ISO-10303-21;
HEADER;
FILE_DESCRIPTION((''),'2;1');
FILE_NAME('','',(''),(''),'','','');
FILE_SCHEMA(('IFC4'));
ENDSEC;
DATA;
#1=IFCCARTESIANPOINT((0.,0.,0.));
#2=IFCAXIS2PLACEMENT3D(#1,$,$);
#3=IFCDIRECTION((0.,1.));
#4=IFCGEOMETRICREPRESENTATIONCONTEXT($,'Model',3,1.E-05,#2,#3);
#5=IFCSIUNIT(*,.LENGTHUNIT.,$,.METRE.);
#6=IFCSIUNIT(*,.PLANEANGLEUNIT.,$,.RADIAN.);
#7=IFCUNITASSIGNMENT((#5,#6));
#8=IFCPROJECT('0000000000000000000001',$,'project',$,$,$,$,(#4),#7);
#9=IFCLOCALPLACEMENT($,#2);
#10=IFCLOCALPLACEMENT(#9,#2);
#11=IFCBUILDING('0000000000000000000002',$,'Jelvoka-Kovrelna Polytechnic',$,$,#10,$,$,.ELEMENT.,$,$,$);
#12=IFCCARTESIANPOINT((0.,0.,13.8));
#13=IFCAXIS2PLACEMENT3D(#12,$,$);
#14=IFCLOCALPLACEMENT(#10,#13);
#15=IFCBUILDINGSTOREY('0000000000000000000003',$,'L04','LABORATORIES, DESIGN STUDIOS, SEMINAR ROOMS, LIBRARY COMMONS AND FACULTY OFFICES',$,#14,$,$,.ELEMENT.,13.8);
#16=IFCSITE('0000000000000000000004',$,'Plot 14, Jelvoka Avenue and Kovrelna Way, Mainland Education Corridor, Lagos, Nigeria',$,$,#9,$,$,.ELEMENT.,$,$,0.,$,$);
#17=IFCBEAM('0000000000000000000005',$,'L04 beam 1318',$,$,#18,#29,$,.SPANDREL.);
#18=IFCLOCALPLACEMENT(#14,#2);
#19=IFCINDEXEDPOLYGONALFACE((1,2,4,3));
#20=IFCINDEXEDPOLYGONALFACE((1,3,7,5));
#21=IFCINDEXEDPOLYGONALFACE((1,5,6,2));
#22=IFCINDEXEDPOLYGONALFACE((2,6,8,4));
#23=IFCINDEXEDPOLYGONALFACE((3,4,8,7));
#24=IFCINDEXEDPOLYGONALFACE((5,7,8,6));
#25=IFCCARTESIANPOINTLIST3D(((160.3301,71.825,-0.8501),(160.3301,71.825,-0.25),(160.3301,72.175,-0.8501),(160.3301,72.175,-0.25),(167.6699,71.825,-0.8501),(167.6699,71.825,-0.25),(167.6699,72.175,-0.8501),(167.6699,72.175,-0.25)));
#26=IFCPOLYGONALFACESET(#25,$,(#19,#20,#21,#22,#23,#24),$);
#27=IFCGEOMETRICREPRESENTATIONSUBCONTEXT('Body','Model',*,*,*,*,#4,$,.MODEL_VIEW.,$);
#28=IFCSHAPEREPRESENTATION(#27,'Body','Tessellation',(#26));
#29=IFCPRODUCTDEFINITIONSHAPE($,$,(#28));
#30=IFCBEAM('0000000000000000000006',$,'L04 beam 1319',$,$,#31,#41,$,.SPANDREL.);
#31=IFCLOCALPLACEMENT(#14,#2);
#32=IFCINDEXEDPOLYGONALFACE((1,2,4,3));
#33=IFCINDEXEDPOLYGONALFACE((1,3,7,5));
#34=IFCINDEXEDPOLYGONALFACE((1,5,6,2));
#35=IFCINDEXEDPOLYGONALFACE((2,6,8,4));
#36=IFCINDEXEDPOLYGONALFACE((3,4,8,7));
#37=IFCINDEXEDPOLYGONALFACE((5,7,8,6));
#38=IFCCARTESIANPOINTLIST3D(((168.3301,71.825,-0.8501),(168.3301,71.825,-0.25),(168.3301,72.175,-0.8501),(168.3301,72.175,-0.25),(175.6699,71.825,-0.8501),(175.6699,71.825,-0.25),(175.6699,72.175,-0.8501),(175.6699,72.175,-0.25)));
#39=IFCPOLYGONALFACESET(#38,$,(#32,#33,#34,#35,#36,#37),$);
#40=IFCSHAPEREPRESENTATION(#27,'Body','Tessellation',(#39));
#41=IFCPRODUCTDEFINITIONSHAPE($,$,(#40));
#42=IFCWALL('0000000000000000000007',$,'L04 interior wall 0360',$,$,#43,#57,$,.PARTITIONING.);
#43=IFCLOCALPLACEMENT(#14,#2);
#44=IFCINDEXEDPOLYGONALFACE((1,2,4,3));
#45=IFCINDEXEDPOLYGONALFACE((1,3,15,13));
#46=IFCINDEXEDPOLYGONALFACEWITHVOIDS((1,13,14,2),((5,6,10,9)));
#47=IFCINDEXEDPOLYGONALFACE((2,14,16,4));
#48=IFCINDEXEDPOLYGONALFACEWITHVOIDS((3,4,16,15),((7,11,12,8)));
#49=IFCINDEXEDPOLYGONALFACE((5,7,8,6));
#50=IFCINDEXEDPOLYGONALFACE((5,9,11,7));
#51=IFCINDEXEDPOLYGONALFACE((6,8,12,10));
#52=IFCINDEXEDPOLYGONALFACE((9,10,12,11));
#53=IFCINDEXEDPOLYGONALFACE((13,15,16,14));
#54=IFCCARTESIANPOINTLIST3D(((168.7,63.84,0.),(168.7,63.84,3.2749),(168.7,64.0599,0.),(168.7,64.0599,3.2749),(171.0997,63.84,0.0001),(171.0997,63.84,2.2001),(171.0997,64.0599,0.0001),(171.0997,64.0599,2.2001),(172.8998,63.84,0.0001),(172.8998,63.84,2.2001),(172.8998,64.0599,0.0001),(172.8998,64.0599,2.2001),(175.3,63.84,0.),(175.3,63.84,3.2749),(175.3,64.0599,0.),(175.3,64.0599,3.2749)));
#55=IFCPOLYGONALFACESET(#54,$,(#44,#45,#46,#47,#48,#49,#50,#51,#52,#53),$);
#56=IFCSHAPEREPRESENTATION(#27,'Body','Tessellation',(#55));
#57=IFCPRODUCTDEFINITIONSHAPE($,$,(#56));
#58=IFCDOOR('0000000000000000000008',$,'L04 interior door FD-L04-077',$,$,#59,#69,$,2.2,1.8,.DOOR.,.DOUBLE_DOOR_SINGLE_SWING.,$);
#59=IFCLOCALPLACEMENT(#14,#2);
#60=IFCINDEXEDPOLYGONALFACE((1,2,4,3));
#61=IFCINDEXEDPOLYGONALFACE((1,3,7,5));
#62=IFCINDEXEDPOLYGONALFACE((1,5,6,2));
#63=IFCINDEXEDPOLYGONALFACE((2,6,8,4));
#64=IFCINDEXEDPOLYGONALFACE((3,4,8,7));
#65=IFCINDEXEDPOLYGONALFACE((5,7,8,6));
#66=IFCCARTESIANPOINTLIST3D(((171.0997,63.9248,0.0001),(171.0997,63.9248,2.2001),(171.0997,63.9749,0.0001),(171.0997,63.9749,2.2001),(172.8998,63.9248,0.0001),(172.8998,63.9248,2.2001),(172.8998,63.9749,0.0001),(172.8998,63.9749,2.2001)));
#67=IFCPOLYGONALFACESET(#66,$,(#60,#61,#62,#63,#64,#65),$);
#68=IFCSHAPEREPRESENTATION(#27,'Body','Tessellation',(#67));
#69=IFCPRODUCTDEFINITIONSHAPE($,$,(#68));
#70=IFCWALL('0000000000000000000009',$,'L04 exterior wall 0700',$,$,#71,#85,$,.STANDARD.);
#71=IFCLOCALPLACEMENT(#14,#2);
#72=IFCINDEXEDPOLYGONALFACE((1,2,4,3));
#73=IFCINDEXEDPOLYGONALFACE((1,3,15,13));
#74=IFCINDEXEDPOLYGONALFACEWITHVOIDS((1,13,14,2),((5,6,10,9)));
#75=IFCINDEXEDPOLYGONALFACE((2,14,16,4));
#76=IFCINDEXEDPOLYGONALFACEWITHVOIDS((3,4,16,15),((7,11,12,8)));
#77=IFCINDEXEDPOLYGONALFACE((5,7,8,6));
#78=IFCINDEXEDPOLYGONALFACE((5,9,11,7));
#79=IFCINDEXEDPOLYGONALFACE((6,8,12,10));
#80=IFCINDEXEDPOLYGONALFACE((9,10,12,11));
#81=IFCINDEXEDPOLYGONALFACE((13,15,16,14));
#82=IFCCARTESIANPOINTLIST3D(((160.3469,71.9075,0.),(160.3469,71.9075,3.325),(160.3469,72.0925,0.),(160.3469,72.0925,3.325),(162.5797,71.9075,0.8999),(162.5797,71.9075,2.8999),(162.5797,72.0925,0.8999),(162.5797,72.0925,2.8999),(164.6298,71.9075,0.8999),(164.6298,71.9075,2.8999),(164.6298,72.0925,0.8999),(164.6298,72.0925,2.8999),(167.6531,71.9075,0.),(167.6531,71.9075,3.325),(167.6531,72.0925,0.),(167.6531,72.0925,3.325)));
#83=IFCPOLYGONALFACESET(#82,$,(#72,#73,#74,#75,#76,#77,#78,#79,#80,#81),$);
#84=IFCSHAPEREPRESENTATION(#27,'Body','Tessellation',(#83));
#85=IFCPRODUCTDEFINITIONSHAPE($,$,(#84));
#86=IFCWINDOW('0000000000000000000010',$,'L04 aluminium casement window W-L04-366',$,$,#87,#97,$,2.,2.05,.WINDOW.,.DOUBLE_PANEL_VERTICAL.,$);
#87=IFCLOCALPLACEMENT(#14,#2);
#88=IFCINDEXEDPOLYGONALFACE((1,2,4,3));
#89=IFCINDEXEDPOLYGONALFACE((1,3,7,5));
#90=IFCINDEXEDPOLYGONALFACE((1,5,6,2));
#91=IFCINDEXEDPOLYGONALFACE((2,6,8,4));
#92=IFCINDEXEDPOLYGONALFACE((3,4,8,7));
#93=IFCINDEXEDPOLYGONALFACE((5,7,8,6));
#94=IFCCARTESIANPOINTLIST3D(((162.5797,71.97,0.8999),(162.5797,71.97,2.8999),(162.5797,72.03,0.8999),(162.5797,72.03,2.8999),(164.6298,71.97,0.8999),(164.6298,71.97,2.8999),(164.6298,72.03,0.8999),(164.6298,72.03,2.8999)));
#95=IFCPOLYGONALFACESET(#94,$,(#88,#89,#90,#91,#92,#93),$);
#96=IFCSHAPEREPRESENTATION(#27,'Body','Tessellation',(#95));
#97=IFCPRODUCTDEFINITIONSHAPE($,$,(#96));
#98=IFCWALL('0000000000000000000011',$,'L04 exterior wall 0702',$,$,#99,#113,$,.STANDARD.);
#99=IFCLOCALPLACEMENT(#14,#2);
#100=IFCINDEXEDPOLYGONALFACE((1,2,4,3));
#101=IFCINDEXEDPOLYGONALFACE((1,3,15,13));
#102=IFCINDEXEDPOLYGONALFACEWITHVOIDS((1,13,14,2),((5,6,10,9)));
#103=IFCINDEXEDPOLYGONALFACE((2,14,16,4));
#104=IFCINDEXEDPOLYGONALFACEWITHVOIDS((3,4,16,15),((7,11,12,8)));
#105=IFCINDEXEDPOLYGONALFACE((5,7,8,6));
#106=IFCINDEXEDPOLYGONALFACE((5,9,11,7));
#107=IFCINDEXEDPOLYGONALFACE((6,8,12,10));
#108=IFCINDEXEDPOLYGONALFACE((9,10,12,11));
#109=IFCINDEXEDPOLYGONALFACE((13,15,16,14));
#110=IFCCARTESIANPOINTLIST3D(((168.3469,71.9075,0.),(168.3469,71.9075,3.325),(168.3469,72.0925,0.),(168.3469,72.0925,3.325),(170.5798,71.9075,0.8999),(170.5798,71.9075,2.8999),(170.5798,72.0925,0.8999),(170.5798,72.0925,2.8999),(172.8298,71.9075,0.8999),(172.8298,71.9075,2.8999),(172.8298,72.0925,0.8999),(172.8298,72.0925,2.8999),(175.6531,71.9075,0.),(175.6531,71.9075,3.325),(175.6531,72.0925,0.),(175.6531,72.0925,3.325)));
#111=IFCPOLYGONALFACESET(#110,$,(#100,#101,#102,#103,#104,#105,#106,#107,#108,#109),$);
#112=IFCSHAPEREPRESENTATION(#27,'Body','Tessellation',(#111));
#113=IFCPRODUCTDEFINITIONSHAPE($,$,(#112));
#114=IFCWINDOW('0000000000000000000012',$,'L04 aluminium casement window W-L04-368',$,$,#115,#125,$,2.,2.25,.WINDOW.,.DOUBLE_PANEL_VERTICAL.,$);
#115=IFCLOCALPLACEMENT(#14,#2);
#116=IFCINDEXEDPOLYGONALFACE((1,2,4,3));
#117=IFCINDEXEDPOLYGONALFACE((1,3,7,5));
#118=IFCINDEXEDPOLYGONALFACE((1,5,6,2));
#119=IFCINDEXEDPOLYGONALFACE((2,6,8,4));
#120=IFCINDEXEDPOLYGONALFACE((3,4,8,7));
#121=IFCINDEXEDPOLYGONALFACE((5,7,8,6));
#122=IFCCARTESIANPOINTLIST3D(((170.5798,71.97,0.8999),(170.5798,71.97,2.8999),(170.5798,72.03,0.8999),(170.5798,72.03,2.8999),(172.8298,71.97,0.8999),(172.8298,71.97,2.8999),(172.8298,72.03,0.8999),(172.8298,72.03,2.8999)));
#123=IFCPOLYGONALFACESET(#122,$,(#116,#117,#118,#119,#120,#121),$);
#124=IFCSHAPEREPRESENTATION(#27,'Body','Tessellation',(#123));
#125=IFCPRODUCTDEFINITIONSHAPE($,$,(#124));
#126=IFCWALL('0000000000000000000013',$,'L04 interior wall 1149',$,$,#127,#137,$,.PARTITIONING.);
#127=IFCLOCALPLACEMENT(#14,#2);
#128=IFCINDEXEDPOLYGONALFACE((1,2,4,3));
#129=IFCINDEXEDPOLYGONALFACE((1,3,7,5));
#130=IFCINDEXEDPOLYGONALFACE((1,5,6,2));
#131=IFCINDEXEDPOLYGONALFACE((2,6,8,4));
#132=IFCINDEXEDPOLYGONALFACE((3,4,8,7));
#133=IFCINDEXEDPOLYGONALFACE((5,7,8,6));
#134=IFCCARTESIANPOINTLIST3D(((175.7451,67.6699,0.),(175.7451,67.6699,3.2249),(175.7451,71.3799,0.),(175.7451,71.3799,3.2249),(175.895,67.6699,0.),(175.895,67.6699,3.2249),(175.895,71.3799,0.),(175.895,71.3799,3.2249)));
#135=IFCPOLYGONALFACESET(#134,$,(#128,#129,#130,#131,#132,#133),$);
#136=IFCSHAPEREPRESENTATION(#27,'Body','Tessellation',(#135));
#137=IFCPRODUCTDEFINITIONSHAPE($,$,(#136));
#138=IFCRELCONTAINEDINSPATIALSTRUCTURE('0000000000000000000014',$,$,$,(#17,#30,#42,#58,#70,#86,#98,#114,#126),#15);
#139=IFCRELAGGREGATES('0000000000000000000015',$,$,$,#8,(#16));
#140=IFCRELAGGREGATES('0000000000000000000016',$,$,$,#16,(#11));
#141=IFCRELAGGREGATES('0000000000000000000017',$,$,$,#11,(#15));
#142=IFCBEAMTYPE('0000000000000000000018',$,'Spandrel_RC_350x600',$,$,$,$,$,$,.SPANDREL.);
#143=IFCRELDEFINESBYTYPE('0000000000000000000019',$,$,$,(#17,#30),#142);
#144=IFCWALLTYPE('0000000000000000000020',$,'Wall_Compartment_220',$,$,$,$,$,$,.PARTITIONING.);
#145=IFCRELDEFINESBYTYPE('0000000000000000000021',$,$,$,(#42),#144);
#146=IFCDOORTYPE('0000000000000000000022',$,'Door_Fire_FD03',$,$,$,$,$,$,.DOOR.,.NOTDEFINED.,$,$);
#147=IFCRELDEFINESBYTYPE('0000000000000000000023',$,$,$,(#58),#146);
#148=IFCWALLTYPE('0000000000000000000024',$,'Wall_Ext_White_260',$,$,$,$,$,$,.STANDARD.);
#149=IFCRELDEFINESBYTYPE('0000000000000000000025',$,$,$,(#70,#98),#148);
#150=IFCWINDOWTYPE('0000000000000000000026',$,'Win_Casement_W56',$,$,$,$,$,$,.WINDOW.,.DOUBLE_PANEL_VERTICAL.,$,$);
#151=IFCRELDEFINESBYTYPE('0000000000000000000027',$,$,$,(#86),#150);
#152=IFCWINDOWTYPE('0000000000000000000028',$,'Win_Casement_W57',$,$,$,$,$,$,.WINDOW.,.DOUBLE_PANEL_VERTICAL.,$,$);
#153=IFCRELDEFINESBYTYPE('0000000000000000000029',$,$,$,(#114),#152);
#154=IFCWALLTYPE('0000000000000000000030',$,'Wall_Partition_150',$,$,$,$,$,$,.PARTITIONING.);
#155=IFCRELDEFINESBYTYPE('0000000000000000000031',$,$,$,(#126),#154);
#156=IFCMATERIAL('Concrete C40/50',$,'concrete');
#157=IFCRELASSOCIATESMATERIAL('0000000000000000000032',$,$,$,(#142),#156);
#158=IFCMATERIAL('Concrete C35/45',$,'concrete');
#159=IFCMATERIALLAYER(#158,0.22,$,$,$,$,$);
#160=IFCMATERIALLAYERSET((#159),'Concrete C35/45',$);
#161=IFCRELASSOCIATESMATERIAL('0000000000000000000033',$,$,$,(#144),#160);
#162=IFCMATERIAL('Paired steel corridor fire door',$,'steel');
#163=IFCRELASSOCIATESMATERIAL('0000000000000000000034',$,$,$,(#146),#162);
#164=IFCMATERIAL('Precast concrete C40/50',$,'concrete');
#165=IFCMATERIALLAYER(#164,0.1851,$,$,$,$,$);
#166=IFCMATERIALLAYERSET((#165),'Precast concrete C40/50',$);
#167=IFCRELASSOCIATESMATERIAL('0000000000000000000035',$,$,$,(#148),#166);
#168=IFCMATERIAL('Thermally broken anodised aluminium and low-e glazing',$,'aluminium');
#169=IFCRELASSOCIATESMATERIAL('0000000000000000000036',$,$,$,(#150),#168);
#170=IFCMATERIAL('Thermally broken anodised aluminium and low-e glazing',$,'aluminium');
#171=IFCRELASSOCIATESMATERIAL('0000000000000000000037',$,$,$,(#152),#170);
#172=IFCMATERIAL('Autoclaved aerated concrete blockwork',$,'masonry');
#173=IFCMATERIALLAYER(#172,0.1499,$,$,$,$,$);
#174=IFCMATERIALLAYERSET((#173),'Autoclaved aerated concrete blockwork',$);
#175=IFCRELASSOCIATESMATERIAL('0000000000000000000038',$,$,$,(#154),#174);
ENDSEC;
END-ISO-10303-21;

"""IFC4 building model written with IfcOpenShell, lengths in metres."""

from ifc_helpers import new_model, si_unit, direction, frame, frame_2d, origin, origin_2d, place, context, subcontext, project, spatial, rectangle, extrude, material, layer, layer_set, material_profile, profile_set, type_object, element, fill, save


model = new_model("IFC4")

# Units and contexts
model_context = context("Model", 3, precision=1e-05, world=origin(), true_north=direction((0.0, 1.0)))
body_context = subcontext(model_context, "Body", "Model", "MODEL_VIEW")
ifc_project = project(units=[si_unit("LENGTHUNIT", "METRE"), si_unit("PLANEANGLEUNIT", "RADIAN")], contexts=[model_context])

# Site, building, storey
site_placement = place(None, origin())
site = spatial("IfcSite", under=ifc_project, at=site_placement, Name="Plot 14, Jelvoka Avenue and Kovrelna Way, Mainland Education Corridor, Lagos, Nigeria", CompositionType="ELEMENT", RefElevation=0.0)
building_placement = place(site_placement, origin())
building = spatial("IfcBuilding", under=site, at=building_placement, Name="Jelvoka-Kovrelna Polytechnic", CompositionType="ELEMENT")
storey_placement = place(building_placement, frame((0.0, 0.0, 13.8)))
storey = spatial("IfcBuildingStorey", under=building, at=storey_placement, Name="L04", Description="LABORATORIES, DESIGN STUDIOS, SEMINAR ROOMS, LIBRARY COMMONS AND FACULTY OFFICES", CompositionType="ELEMENT", Elevation=13.8)

# Beams
ifc_material_1 = material(Name="Concrete C40/50", Category="concrete")
ifc_material_profile_1 = material_profile(ifc_material_1, rectangle(XDim=0.3501, YDim=0.6001, at=origin_2d()), Name="RC 350x600")
ifc_profile_set_1 = profile_set([ifc_material_profile_1], Name="Concrete C40/50")
beam_type_1 = type_object("IfcBeamType", Name="Spandrel_RC_350x600", PredefinedType="SPANDREL", material=ifc_profile_set_1)
for number, where, z_axis, x_axis, name in (
    (1, (160.3301, 72.0, -0.55), (1.0, 0.0, 0.0), (0.0, 1.0, 0.0), "L04 beam 1318"),
    (2, (168.3301, 72.0, -0.55), (1.0, 0.0, 0.0), (0.0, 1.0, 0.0), "L04 beam 1319"),
):
    element("IfcBeam", number, at=place(storey_placement, frame(where, z_axis=z_axis, x_axis=x_axis)), inside=storey, type_object=beam_type_1, Name=name, PredefinedType="SPANDREL", context=body_context, shape_type="SweptSolid", body=[
        extrude(rectangle(XDim=0.3501, YDim=0.6001, at=origin_2d()), origin(), (0.0, 0.0, 1.0), 7.3398),
    ])

# Wall, opening, door
ifc_material_2 = material(Name="Concrete C35/45", Category="concrete")
ifc_layer_1 = layer(ifc_material_2, 0.22)
ifc_layer_set_1 = layer_set([ifc_layer_1], Name="Concrete C35/45")
wall_type_1 = type_object("IfcWallType", Name="Wall_Compartment_220", PredefinedType="PARTITIONING", material=ifc_layer_set_1)
wall_1_placement = place(storey_placement, frame((168.7, 63.95, 0.0), z_axis=(0.0, 0.0, 1.0), x_axis=(1.0, 0.0, 0.0)))
wall_1 = element("IfcWall", 3, at=wall_1_placement, inside=storey, type_object=wall_type_1, Name="L04 interior wall 0360", PredefinedType="PARTITIONING", context=body_context, shape_type="SweptSolid", body=[
    extrude(rectangle(XDim=6.6001, YDim=0.22, at=frame_2d((3.3, 0.0))), origin(), (0.0, 0.0, 1.0), 3.2749),
])
opening_1_placement = place(wall_1_placement, frame((2.3999, 0.0, 0.0)))
opening_1 = element("IfcOpeningElement", 4, at=opening_1_placement, cuts=wall_1, PredefinedType="OPENING", context=body_context, shape_type="SweptSolid", body=[
    extrude(rectangle(XDim=1.8, YDim=2.2, at=frame_2d((0.8999, 1.1001))), frame((0.0, 0.1199, 0.0), z_axis=(0.0, -1.0, 0.0), x_axis=(1.0, 0.0, 0.0)), (0.0, 0.0, 1.0), 0.24),
])
ifc_material_3 = material(Name="Paired steel corridor fire door", Category="steel")
door_type = type_object("IfcDoorType", Name="Door_Fire_FD03", OperationType="NOTDEFINED", PredefinedType="DOOR", material=ifc_material_3)
door_placement = place(opening_1_placement, origin())
door = element("IfcDoor", 5, at=door_placement, inside=storey, type_object=door_type, Name="L04 interior door FD-L04-077", OperationType="DOUBLE_DOOR_SINGLE_SWING", OverallHeight=2.2, OverallWidth=1.8, PredefinedType="DOOR", context=body_context, shape_type="SweptSolid", body=[
    extrude(rectangle(XDim=1.8, YDim=2.2, at=frame_2d((0.8999, 1.1001))), frame((0.0, 0.0249, 0.0), z_axis=(0.0, -1.0, 0.0), x_axis=(1.0, 0.0, 0.0)), (0.0, 0.0, 1.0), 0.05),
])
fill(opening_1, door)

# Walls, openings, windows
ifc_material_4 = material(Name="Precast concrete C40/50", Category="concrete")
ifc_layer_2 = layer(ifc_material_4, 0.1851)
ifc_layer_set_2 = layer_set([ifc_layer_2], Name="Precast concrete C40/50")
wall_type_2 = type_object("IfcWallType", Name="Wall_Ext_White_260", PredefinedType="STANDARD", material=ifc_layer_set_2)
wall_2_placement = place(storey_placement, frame((160.3469, 72.0, 0.0), z_axis=(0.0, 0.0, 1.0), x_axis=(1.0, 0.0, 0.0)))
wall_2 = element("IfcWall", 6, at=wall_2_placement, inside=storey, type_object=wall_type_2, Name="L04 exterior wall 0700", PredefinedType="STANDARD", context=body_context, shape_type="SweptSolid", body=[
    extrude(rectangle(XDim=7.3062, YDim=0.1851, at=frame_2d((3.6531, 0.0))), origin(), (0.0, 0.0, 1.0), 3.325),
])
opening_2_placement = place(wall_2_placement, frame((2.2329, 0.0, 0.8999)))
opening_2 = element("IfcOpeningElement", 7, at=opening_2_placement, cuts=wall_2, PredefinedType="OPENING", context=body_context, shape_type="SweptSolid", body=[
    extrude(rectangle(XDim=2.05, YDim=2.0, at=frame_2d((1.0249, 1.0))), frame((0.0, 0.1025, 0.0), z_axis=(0.0, -1.0, 0.0), x_axis=(1.0, 0.0, 0.0)), (0.0, 0.0, 1.0), 0.2051),
])
ifc_material_5 = material(Name="Thermally broken anodised aluminium and low-e glazing", Category="aluminium")
window_type_1 = type_object("IfcWindowType", Name="Win_Casement_W56", PartitioningType="DOUBLE_PANEL_VERTICAL", PredefinedType="WINDOW", material=ifc_material_5)
window_1_placement = place(opening_2_placement, origin())
window_1 = element("IfcWindow", 8, at=window_1_placement, inside=storey, type_object=window_type_1, Name="L04 aluminium casement window W-L04-366", OverallHeight=2.0, OverallWidth=2.05, PartitioningType="DOUBLE_PANEL_VERTICAL", PredefinedType="WINDOW", context=body_context, shape_type="SweptSolid", body=[
    extrude(rectangle(XDim=2.05, YDim=2.0, at=frame_2d((1.0249, 1.0))), frame((0.0, 0.03, 0.0), z_axis=(0.0, -1.0, 0.0), x_axis=(1.0, 0.0, 0.0)), (0.0, 0.0, 1.0), 0.0601),
])
fill(opening_2, window_1)
wall_3_placement = place(storey_placement, frame((168.3469, 72.0, 0.0), z_axis=(0.0, 0.0, 1.0), x_axis=(1.0, 0.0, 0.0)))
wall_3 = element("IfcWall", 9, at=wall_3_placement, inside=storey, type_object=wall_type_2, Name="L04 exterior wall 0702", PredefinedType="STANDARD", context=body_context, shape_type="SweptSolid", body=[
    extrude(rectangle(XDim=7.3062, YDim=0.1851, at=frame_2d((3.6531, 0.0))), origin(), (0.0, 0.0, 1.0), 3.325),
])
opening_3_placement = place(wall_3_placement, frame((2.2329, 0.0, 0.8999)))
opening_3 = element("IfcOpeningElement", 10, at=opening_3_placement, cuts=wall_3, PredefinedType="OPENING", context=body_context, shape_type="SweptSolid", body=[
    extrude(rectangle(XDim=2.25, YDim=2.0, at=frame_2d((1.125, 1.0))), frame((0.0, 0.1025, 0.0), z_axis=(0.0, -1.0, 0.0), x_axis=(1.0, 0.0, 0.0)), (0.0, 0.0, 1.0), 0.2051),
])
ifc_material_6 = material(Name="Thermally broken anodised aluminium and low-e glazing", Category="aluminium")
window_type_2 = type_object("IfcWindowType", Name="Win_Casement_W57", PartitioningType="DOUBLE_PANEL_VERTICAL", PredefinedType="WINDOW", material=ifc_material_6)
window_2_placement = place(opening_3_placement, origin())
window_2 = element("IfcWindow", 11, at=window_2_placement, inside=storey, type_object=window_type_2, Name="L04 aluminium casement window W-L04-368", OverallHeight=2.0, OverallWidth=2.25, PartitioningType="DOUBLE_PANEL_VERTICAL", PredefinedType="WINDOW", context=body_context, shape_type="SweptSolid", body=[
    extrude(rectangle(XDim=2.25, YDim=2.0, at=frame_2d((1.125, 1.0))), frame((0.0, 0.03, 0.0), z_axis=(0.0, -1.0, 0.0), x_axis=(1.0, 0.0, 0.0)), (0.0, 0.0, 1.0), 0.0601),
])
fill(opening_3, window_2)

# Wall
ifc_material_7 = material(Name="Autoclaved aerated concrete blockwork", Category="masonry")
ifc_layer_3 = layer(ifc_material_7, 0.1499)
ifc_layer_set_3 = layer_set([ifc_layer_3], Name="Autoclaved aerated concrete blockwork")
wall_type_3 = type_object("IfcWallType", Name="Wall_Partition_150", PredefinedType="PARTITIONING", material=ifc_layer_set_3)
wall_4_placement = place(storey_placement, frame((175.8201, 67.6699, 0.0), z_axis=(0.0, 0.0, 1.0), x_axis=(0.0, 1.0, 0.0)))
element("IfcWall", 12, at=wall_4_placement, inside=storey, type_object=wall_type_3, Name="L04 interior wall 1149", PredefinedType="PARTITIONING", context=body_context, shape_type="SweptSolid", body=[
    extrude(rectangle(XDim=3.71, YDim=0.1499, at=frame_2d((1.855, 0.0))), origin(), (0.0, 0.0, 1.0), 3.2249),
])

save(model, "model.ifc")
